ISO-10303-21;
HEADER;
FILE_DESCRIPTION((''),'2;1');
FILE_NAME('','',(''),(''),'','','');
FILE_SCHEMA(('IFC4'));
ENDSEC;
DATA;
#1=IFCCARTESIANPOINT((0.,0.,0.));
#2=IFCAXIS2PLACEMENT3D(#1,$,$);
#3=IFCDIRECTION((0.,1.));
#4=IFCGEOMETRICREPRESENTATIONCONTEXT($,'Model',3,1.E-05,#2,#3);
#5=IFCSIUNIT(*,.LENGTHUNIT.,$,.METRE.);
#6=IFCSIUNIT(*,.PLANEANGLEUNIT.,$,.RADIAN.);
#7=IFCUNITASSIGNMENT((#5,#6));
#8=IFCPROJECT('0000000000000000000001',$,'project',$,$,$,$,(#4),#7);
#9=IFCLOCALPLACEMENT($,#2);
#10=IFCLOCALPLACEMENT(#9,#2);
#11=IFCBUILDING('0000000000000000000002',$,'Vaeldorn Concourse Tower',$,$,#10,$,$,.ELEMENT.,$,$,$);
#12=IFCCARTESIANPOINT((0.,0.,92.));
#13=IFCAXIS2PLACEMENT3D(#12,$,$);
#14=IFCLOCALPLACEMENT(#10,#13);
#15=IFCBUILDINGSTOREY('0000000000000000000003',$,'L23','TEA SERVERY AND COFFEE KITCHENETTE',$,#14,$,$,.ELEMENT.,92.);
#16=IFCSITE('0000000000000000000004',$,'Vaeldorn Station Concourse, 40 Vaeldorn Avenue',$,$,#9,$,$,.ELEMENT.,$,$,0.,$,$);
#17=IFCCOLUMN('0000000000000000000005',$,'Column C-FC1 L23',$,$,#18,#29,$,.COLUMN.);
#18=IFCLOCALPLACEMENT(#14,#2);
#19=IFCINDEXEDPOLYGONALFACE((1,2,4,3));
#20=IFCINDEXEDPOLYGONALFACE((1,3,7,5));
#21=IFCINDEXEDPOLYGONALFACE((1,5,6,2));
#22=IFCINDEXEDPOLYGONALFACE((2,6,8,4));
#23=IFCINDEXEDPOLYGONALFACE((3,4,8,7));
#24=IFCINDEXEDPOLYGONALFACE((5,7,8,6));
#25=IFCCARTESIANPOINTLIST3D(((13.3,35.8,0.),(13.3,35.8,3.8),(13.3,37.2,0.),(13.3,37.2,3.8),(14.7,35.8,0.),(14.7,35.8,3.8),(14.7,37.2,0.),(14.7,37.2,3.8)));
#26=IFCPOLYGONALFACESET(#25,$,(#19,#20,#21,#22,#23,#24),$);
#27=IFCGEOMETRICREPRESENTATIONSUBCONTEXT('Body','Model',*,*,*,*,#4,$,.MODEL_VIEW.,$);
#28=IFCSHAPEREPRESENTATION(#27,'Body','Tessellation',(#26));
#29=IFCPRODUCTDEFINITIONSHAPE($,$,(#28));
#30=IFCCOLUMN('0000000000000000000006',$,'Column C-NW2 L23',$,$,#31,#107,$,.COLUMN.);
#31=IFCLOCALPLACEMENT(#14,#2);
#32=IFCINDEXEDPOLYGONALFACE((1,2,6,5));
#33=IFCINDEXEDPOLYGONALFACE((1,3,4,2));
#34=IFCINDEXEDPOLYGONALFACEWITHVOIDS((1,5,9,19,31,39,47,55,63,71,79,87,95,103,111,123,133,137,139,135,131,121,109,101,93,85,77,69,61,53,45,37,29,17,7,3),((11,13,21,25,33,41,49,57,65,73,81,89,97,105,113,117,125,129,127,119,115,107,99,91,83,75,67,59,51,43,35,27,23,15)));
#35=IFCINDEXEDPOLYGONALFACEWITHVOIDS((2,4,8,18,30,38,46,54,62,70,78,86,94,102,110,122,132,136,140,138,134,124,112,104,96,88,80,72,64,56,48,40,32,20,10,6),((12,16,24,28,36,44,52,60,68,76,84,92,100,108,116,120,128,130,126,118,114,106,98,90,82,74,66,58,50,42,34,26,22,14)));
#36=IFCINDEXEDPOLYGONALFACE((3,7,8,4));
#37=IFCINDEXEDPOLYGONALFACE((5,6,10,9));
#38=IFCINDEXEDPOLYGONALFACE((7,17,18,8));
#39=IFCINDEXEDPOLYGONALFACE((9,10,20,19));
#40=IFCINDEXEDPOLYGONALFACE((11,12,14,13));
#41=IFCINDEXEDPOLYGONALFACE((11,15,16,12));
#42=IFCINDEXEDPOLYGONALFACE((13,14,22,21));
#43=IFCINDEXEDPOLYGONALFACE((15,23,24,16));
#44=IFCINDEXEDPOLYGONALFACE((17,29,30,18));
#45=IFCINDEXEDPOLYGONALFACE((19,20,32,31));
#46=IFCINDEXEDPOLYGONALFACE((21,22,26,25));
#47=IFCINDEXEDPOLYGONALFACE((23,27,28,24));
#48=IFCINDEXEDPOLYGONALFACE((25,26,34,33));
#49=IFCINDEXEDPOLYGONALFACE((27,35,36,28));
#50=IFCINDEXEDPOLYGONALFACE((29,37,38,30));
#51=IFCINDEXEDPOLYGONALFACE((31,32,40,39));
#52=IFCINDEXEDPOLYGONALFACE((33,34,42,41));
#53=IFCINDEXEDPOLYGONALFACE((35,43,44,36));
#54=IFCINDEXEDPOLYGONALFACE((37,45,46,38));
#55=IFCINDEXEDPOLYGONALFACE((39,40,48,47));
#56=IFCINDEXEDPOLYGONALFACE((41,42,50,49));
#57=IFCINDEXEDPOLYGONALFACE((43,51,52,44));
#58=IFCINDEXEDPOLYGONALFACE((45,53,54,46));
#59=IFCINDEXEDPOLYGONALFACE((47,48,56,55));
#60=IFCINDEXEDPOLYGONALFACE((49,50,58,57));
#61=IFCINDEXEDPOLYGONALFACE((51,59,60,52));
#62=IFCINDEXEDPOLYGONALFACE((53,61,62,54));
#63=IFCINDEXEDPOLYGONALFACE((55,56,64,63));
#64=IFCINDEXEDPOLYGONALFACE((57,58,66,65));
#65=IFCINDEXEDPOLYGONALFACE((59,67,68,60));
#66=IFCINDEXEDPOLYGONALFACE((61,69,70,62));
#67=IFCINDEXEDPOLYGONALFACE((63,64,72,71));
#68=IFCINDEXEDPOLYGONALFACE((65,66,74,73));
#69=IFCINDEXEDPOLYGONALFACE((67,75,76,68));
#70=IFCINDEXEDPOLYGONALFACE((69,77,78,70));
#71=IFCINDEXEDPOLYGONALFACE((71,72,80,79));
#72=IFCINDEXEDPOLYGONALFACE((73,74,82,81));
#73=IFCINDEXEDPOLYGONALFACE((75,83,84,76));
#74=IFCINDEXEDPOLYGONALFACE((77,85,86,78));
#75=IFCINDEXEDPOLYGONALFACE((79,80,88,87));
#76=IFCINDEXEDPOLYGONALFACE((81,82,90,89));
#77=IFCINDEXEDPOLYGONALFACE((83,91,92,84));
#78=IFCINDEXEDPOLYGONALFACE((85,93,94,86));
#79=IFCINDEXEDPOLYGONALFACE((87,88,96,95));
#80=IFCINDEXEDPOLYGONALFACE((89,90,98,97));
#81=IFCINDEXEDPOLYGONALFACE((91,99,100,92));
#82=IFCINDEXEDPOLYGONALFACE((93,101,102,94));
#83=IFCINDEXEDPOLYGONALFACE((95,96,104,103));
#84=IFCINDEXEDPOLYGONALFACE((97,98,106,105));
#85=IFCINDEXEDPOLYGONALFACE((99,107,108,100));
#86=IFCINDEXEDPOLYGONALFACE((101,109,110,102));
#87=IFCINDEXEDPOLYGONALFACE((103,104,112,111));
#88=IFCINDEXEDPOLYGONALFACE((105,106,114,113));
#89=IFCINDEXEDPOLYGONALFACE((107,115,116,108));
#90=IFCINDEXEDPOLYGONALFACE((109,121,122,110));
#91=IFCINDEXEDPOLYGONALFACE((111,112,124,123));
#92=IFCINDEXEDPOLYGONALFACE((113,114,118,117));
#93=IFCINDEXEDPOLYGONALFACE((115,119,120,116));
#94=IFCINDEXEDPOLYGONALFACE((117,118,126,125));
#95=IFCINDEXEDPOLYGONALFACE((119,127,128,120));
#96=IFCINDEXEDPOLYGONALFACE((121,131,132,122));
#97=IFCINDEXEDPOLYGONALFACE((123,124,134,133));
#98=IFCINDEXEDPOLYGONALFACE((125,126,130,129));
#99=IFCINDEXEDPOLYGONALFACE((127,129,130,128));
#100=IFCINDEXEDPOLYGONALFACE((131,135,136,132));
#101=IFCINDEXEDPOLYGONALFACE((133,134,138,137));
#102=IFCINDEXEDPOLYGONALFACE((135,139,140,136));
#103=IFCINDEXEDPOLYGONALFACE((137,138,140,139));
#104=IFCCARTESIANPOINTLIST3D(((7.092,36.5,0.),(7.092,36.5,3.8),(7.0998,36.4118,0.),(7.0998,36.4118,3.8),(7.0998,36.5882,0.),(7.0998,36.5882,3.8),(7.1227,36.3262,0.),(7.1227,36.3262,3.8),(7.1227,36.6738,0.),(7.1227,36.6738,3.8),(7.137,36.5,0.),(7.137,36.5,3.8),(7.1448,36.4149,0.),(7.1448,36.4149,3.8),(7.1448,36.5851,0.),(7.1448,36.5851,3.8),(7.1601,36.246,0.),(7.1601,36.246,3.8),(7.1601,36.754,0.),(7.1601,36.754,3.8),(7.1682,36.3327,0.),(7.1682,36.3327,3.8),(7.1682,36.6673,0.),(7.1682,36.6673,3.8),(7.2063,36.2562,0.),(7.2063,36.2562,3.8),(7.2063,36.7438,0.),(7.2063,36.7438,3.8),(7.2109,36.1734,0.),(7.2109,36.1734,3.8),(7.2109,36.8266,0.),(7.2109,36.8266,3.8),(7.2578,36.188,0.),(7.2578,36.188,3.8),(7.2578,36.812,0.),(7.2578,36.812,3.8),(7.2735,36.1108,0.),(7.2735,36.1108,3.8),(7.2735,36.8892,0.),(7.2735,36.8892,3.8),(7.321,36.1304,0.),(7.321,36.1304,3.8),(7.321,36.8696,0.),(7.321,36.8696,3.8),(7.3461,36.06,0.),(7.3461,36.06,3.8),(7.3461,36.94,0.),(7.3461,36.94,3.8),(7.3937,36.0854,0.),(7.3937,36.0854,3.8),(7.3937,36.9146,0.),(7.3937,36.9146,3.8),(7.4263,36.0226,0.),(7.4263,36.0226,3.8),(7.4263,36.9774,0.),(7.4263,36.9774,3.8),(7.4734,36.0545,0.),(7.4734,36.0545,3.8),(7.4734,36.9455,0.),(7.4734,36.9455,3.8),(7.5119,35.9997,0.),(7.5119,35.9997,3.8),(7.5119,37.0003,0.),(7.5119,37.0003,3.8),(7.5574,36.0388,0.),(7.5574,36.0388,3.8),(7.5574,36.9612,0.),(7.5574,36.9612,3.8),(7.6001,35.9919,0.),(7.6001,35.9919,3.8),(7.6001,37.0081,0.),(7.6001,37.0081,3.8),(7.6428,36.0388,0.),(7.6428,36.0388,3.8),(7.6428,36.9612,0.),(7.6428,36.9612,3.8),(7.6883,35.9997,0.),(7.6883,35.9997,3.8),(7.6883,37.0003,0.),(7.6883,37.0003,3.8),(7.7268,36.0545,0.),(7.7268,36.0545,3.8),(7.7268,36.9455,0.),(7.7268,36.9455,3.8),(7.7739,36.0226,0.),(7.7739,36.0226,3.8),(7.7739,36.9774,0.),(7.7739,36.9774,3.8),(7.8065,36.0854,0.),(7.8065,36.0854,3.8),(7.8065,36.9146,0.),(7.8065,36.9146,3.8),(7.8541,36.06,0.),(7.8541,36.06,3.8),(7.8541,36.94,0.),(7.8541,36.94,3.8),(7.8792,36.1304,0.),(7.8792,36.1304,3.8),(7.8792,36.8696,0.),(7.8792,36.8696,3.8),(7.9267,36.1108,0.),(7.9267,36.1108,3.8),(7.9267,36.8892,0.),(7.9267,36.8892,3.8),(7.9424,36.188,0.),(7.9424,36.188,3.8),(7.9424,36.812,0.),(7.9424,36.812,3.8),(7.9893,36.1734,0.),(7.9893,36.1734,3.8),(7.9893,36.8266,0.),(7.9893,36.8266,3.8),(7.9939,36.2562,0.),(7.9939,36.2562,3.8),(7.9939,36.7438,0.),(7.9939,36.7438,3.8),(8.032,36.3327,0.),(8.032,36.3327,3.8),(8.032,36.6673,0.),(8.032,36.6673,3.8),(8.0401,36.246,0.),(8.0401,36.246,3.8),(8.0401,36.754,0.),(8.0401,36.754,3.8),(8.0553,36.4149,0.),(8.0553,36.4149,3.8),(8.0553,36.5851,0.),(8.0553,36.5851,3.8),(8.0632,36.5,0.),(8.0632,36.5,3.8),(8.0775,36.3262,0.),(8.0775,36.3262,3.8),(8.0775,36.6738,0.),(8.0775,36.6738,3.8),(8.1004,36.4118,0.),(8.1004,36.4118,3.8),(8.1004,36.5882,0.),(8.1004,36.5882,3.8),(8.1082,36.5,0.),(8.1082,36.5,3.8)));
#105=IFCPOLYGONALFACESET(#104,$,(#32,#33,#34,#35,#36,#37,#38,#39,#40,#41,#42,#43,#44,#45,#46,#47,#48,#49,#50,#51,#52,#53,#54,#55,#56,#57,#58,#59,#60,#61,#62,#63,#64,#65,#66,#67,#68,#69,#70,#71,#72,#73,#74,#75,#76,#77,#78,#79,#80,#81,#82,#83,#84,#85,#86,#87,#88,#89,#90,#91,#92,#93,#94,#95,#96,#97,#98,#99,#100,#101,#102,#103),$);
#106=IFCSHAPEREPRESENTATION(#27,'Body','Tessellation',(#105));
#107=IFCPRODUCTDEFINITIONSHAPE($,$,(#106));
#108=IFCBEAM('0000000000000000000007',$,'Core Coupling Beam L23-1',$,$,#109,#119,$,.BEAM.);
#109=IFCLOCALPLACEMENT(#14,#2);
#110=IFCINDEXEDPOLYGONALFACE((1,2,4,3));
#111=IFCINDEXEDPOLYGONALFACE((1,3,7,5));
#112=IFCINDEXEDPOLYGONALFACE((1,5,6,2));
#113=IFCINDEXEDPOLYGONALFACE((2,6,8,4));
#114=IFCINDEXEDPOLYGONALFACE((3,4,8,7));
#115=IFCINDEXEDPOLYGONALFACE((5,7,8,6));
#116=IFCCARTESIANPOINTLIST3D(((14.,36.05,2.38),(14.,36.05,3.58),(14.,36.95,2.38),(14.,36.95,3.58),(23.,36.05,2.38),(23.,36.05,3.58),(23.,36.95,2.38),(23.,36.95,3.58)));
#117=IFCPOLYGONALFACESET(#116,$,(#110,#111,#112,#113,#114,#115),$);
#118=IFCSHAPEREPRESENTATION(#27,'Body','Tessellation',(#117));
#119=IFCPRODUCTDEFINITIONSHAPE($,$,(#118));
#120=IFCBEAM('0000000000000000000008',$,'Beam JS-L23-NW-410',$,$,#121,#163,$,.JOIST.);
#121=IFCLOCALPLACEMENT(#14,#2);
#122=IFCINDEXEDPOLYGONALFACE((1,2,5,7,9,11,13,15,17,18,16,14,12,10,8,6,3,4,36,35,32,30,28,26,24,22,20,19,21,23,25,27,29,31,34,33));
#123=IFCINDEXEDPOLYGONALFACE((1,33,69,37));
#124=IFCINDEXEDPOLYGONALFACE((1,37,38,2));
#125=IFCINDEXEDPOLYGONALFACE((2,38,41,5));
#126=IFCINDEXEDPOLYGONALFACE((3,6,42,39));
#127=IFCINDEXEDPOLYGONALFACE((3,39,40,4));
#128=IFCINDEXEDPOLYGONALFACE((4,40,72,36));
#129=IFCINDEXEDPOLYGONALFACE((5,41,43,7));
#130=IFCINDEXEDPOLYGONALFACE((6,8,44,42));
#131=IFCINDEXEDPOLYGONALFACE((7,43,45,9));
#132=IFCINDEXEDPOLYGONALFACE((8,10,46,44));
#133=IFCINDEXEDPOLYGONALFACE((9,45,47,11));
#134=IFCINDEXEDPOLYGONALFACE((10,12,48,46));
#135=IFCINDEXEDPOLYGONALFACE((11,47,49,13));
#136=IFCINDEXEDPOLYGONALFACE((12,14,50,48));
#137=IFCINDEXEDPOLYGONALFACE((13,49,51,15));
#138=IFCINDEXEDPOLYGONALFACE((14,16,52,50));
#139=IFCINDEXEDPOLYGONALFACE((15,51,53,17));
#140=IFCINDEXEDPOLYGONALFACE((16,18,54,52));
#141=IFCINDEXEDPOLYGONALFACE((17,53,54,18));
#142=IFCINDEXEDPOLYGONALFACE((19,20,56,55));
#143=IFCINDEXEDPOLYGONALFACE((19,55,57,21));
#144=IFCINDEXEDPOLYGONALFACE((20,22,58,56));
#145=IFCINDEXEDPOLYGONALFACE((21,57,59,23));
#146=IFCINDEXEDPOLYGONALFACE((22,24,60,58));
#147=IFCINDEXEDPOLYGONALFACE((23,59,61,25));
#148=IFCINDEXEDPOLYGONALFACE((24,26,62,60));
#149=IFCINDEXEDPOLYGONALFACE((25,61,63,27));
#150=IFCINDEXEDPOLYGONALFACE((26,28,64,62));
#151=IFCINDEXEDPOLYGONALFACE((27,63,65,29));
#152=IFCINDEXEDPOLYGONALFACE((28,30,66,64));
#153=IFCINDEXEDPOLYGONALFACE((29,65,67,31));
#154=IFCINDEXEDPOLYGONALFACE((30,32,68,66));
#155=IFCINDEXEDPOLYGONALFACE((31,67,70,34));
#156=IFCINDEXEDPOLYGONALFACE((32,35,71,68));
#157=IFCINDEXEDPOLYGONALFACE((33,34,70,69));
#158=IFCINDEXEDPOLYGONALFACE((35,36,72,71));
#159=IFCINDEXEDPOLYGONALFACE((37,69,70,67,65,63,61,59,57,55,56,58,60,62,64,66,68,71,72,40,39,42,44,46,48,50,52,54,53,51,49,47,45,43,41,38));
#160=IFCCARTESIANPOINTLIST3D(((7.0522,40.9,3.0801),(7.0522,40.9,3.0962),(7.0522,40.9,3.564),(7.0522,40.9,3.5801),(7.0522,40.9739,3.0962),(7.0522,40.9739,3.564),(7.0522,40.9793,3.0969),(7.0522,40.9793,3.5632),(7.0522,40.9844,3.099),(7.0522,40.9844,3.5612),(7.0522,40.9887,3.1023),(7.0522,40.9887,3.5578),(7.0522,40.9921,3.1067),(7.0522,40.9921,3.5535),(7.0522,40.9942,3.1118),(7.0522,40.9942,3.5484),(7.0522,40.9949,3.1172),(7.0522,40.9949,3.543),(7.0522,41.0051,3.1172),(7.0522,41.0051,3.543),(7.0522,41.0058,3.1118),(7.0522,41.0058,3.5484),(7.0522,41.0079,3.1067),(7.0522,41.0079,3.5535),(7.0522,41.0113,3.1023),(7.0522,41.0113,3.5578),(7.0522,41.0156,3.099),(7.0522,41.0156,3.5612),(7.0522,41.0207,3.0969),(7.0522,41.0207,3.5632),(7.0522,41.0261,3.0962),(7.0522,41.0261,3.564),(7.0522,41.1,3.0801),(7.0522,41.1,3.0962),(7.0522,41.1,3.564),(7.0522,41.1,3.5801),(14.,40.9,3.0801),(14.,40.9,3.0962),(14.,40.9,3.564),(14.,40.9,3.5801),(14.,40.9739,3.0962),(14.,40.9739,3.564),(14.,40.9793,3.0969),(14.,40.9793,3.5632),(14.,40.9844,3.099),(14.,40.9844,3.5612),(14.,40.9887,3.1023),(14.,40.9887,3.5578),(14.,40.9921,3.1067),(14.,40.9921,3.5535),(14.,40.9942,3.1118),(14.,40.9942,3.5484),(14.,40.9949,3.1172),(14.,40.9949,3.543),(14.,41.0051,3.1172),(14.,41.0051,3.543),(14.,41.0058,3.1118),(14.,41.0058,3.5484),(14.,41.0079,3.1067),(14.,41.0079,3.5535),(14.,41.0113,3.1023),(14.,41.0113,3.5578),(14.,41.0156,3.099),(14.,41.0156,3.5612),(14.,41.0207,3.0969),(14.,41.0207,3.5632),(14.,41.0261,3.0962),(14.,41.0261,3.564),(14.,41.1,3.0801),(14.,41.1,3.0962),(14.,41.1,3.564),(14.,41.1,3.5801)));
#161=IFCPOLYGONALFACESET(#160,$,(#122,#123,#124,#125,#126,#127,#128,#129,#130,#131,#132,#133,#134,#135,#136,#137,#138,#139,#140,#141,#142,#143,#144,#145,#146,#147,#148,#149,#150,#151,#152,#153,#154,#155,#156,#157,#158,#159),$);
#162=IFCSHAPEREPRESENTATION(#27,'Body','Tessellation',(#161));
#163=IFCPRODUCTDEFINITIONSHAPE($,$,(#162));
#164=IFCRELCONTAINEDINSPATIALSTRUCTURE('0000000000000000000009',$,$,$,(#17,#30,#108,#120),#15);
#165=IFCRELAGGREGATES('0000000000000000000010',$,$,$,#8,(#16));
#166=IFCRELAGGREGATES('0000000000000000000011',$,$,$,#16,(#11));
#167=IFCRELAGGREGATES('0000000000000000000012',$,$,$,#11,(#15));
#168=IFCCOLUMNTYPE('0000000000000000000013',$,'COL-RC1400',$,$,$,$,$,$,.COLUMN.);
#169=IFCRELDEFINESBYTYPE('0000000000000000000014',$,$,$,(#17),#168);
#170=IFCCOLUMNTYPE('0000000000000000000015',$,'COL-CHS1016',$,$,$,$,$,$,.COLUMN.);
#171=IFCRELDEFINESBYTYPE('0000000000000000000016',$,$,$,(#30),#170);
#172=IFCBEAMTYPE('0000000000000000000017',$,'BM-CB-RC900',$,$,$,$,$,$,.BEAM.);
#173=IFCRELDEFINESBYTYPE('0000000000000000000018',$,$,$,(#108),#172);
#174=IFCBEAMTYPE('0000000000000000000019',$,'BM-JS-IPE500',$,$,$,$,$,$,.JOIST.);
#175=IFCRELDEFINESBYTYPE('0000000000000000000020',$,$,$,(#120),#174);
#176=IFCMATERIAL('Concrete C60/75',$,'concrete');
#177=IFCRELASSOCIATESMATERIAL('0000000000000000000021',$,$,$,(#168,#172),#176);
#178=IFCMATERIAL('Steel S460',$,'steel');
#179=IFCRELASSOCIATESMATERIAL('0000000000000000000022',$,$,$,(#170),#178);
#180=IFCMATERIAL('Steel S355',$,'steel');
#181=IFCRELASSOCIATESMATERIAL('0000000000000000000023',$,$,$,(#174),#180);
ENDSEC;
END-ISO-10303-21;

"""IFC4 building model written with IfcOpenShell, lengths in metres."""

from ifc_helpers import new_model, si_unit, direction, frame, origin, origin_2d, place, context, subcontext, project, spatial, rectangle, hollow_circle, i_section, extrude, source, transform, mapped, material, material_profile, profile_set, type_object, element, save


model = new_model("IFC4")

# Units and contexts
model_context = context("Model", 3, precision=1e-05, world=origin(), true_north=direction((0.0, 1.0)))
body_context = subcontext(model_context, "Body", "Model", "MODEL_VIEW")
ifc_project = project(units=[si_unit("LENGTHUNIT", "METRE"), si_unit("PLANEANGLEUNIT", "RADIAN")], contexts=[model_context])

# Site, building, storey
site_placement = place(None, origin())
site = spatial("IfcSite", under=ifc_project, at=site_placement, Name="Vaeldorn Station Concourse, 40 Vaeldorn Avenue", CompositionType="ELEMENT", RefElevation=0.0)
building_placement = place(site_placement, origin())
building = spatial("IfcBuilding", under=site, at=building_placement, Name="Vaeldorn Concourse Tower", CompositionType="ELEMENT")
storey_placement = place(building_placement, frame((0.0, 0.0, 92.0)))
storey = spatial("IfcBuildingStorey", under=building, at=storey_placement, Name="L23", Description="TEA SERVERY AND COFFEE KITCHENETTE", CompositionType="ELEMENT", Elevation=92.0)

# Columns
ifc_material_1 = material(Name="Concrete C60/75", Category="concrete")
ifc_material_profile_1 = material_profile(ifc_material_1, rectangle(XDim=1.3999, YDim=1.3999, at=origin_2d()), Name="RC 1400x1400")
ifc_profile_set_1 = profile_set([ifc_material_profile_1], Name="Concrete C60/75")
column_type_1 = type_object("IfcColumnType", Name="COL-RC1400", PredefinedType="COLUMN", material=ifc_profile_set_1)
shared_shape_1 = source(origin(), body_context, "Body", "SweptSolid", [
    extrude(rectangle(XDim=1.3999, YDim=1.3999, at=origin_2d()), origin(), (0.0, 0.0, 1.0), 3.8),
])
column_1_placement = place(storey_placement, frame((14.0, 36.5, 0.0), z_axis=(0.0, 0.0, 1.0), x_axis=(1.0, 0.0, 0.0)))
element("IfcColumn", 1, at=column_1_placement, inside=storey, type_object=column_type_1, Name="Column C-FC1 L23", PredefinedType="COLUMN", context=body_context, shape_type="MappedRepresentation", body=[
    mapped(shared_shape_1, transform((0.0, 0.0, 0.0), scale=1.0)),
])
ifc_material_2 = material(Name="Steel S460", Category="steel")
ifc_material_profile_2 = material_profile(ifc_material_2, hollow_circle(Radius=0.5081, WallThickness=0.0449, at=origin_2d()), Name="CHS 1016x45")
ifc_profile_set_2 = profile_set([ifc_material_profile_2], Name="Steel S460")
column_type_2 = type_object("IfcColumnType", Name="COL-CHS1016", PredefinedType="COLUMN", material=ifc_profile_set_2)
shared_shape_2 = source(origin(), body_context, "Body", "SweptSolid", [
    extrude(hollow_circle(Radius=0.5081, WallThickness=0.0449, at=origin_2d()), origin(), (0.0, 0.0, 1.0), 3.8),
])
column_2_placement = place(storey_placement, frame((7.6001, 36.5, 0.0), z_axis=(0.0, 0.0, 1.0), x_axis=(1.0, 0.0, 0.0)))
element("IfcColumn", 2, at=column_2_placement, inside=storey, type_object=column_type_2, Name="Column C-NW2 L23", PredefinedType="COLUMN", context=body_context, shape_type="MappedRepresentation", body=[
    mapped(shared_shape_2, transform((0.0, 0.0, 0.0), scale=1.0)),
])

# Beams
ifc_material_profile_3 = material_profile(ifc_material_1, rectangle(XDim=0.8999, YDim=1.2, at=origin_2d()), Name="RC 900x1200")
ifc_profile_set_3 = profile_set([ifc_material_profile_3], Name="Concrete C60/75")
beam_type_1 = type_object("IfcBeamType", Name="BM-CB-RC900", PredefinedType="BEAM", material=ifc_profile_set_3)
shared_shape_3 = source(origin(), body_context, "Body", "SweptSolid", [
    extrude(rectangle(XDim=0.8999, YDim=1.2, at=origin_2d()), origin(), (0.0, 0.0, 1.0), 9.0),
])
beam_1_placement = place(storey_placement, frame((14.0, 36.5, 2.98), z_axis=(1.0, 0.0, 0.0), x_axis=(0.0, 1.0, 0.0)))
element("IfcBeam", 3, at=beam_1_placement, inside=storey, type_object=beam_type_1, Name="Core Coupling Beam L23-1", PredefinedType="BEAM", context=body_context, shape_type="MappedRepresentation", body=[
    mapped(shared_shape_3, transform((0.0, 0.0, 0.0), scale=1.0)),
])
ifc_material_3 = material(Name="Steel S355", Category="steel")
ifc_material_profile_4 = material_profile(ifc_material_3, i_section(OverallWidth=0.2, OverallDepth=0.5, WebThickness=0.0103, FlangeThickness=0.0161, FilletRadius=0.021, at=origin_2d()), Name="IPE 500")
ifc_profile_set_4 = profile_set([ifc_material_profile_4], Name="Steel S355")
beam_type_2 = type_object("IfcBeamType", Name="BM-JS-IPE500", PredefinedType="JOIST", material=ifc_profile_set_4)
shared_shape_4 = source(origin(), body_context, "Body", "SweptSolid", [
    extrude(i_section(OverallWidth=0.2, OverallDepth=0.5, WebThickness=0.0103, FlangeThickness=0.0161, FilletRadius=0.021, at=origin_2d()), origin(), (0.0, 0.0, 1.0), 6.9478),
])
beam_2_placement = place(storey_placement, frame((7.0522, 41.0, 3.3301), z_axis=(1.0, 0.0, 0.0), x_axis=(0.0, 1.0, 0.0)))
element("IfcBeam", 4, at=beam_2_placement, inside=storey, type_object=beam_type_2, Name="Beam JS-L23-NW-410", PredefinedType="JOIST", context=body_context, shape_type="MappedRepresentation", body=[
    mapped(shared_shape_4, transform((0.0, 0.0, 0.0), scale=1.0)),
])

save(model, "model.ifc")
